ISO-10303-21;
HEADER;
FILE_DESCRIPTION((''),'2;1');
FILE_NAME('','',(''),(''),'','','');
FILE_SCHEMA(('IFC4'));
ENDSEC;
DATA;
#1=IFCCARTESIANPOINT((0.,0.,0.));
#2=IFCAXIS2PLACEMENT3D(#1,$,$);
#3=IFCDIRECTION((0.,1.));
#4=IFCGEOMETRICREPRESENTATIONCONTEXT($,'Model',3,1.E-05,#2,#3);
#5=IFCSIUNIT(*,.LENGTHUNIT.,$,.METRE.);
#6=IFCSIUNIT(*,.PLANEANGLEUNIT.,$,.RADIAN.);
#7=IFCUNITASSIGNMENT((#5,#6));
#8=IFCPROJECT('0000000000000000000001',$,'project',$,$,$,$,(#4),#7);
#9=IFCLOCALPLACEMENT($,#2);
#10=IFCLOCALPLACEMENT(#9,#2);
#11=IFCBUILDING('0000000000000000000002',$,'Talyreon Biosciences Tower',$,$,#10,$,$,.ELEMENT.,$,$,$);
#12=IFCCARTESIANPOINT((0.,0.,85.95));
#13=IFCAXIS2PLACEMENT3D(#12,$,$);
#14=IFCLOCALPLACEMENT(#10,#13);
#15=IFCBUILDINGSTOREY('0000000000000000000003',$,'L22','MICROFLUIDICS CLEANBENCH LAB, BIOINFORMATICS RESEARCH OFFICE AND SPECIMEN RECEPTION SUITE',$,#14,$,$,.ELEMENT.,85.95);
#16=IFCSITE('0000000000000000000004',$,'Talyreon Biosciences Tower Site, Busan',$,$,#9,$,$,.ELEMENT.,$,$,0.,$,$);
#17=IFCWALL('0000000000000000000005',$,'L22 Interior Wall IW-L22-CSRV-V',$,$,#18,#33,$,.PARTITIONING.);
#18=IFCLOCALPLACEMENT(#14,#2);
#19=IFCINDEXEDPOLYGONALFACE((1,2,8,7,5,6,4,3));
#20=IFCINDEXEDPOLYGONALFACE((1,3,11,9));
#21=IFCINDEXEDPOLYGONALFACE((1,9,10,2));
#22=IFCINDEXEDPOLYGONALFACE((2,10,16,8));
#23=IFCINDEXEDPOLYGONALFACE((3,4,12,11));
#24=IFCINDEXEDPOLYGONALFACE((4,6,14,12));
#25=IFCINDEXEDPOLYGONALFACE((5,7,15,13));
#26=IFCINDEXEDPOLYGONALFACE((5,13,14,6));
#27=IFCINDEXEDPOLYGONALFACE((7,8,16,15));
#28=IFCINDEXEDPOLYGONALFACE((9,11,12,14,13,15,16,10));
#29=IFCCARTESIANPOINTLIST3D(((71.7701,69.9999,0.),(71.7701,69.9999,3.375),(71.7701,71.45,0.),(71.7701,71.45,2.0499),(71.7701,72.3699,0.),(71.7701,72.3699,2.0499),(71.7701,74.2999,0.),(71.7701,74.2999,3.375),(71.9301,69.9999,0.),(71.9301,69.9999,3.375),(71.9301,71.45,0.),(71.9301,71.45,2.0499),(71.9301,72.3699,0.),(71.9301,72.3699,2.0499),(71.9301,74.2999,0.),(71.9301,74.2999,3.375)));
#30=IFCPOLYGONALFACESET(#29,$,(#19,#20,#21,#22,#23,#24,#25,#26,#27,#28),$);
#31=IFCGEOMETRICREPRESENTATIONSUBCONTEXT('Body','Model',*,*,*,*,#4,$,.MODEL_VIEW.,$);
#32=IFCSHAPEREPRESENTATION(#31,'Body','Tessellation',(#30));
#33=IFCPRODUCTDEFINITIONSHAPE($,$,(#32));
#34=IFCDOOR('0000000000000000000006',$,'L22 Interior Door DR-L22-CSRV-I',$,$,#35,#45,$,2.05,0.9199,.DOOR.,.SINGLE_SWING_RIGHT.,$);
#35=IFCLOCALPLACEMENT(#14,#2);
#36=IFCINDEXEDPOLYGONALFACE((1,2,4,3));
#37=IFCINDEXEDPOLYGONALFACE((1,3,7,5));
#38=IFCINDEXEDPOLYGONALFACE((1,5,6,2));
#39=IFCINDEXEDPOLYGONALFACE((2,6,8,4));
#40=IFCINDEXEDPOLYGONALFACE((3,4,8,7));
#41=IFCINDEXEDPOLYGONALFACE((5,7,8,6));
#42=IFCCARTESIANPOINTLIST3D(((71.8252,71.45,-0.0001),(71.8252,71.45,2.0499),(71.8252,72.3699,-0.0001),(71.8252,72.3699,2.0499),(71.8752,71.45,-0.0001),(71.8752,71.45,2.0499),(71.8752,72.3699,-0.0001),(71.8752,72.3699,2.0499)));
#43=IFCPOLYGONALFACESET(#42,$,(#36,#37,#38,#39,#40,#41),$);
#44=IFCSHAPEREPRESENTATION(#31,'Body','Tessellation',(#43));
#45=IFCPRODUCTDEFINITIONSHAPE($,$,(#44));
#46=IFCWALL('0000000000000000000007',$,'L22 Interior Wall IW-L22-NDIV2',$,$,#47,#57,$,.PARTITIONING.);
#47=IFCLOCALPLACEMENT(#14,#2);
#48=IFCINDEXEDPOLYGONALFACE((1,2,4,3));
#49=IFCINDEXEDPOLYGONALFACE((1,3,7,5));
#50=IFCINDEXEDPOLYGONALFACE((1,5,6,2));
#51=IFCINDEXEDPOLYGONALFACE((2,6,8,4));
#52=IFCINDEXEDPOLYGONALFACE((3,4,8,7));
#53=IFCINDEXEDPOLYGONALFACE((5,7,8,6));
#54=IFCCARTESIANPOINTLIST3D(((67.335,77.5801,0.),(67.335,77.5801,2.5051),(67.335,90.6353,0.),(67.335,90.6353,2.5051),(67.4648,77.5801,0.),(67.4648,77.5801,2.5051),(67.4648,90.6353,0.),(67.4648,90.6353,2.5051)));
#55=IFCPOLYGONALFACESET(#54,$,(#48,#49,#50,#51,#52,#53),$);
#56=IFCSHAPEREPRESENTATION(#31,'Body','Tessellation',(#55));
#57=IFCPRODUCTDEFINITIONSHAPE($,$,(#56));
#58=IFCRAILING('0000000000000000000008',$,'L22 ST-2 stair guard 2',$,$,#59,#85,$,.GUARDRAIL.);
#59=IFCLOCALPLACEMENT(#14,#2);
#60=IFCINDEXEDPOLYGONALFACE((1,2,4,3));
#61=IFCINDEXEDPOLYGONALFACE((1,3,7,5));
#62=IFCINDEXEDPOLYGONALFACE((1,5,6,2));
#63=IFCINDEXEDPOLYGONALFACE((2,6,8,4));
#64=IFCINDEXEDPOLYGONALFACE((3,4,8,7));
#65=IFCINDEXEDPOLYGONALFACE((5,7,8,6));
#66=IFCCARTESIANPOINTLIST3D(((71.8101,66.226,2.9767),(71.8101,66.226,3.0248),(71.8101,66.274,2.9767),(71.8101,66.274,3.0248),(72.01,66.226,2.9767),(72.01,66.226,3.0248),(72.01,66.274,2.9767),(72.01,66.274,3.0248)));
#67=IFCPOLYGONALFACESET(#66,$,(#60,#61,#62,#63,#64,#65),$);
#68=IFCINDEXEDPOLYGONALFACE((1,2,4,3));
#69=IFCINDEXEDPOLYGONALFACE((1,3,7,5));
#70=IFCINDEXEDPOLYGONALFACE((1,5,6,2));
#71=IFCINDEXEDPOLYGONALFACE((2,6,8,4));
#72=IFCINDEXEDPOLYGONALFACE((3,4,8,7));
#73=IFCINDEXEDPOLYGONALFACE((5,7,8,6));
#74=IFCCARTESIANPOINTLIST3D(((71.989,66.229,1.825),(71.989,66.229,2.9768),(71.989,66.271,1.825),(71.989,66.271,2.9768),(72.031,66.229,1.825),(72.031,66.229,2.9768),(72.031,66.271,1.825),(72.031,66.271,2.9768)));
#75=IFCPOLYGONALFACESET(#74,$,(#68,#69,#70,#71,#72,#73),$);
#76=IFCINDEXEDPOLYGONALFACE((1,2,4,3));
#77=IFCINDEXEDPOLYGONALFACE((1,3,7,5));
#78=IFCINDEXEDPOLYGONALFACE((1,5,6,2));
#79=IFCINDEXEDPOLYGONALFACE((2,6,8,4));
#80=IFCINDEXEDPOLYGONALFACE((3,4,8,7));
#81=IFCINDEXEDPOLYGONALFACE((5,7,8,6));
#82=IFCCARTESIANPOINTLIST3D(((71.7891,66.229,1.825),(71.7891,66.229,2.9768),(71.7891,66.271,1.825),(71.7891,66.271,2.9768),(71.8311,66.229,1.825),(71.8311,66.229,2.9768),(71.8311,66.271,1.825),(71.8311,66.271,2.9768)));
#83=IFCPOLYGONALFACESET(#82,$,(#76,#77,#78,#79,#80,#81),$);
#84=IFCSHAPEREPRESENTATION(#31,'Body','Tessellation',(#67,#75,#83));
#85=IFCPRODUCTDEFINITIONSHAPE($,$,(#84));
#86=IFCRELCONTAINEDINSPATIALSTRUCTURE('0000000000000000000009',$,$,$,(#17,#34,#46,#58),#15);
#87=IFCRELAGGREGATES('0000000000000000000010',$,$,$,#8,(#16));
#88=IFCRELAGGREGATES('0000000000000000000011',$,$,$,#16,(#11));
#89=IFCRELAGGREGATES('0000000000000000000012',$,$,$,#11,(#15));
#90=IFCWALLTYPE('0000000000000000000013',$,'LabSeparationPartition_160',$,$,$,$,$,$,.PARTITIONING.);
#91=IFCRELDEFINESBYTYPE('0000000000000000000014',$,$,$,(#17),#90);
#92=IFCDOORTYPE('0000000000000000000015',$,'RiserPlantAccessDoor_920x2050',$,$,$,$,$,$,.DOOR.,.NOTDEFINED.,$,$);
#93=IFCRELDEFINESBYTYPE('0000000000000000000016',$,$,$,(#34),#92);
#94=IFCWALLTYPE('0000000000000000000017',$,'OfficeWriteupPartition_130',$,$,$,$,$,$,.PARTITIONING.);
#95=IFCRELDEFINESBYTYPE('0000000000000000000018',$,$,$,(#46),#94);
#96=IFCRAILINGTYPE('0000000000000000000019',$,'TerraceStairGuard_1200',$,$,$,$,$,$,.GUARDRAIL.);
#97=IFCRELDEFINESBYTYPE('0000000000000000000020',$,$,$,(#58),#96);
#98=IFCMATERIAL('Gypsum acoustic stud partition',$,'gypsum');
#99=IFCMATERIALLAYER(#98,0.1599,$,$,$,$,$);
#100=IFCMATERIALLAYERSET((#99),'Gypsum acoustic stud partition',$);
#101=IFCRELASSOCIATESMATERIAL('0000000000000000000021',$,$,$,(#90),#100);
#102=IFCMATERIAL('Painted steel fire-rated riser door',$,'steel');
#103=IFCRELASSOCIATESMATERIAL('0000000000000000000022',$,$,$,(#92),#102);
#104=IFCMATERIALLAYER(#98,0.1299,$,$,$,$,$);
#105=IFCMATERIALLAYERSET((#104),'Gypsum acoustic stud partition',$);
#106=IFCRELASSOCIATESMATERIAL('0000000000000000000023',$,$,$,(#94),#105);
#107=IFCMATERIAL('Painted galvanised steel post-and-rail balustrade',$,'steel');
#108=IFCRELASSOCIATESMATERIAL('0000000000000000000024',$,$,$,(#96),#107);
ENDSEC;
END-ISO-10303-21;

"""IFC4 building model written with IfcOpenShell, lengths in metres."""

from ifc_helpers import new_model, si_unit, direction, frame, frame_2d, origin, origin_2d, place, context, subcontext, project, spatial, rectangle, extrude, material, layer, layer_set, type_object, element, fill, save


model = new_model("IFC4")

# Units and contexts
model_context = context("Model", 3, precision=1e-05, world=origin(), true_north=direction((0.0, 1.0)))
body_context = subcontext(model_context, "Body", "Model", "MODEL_VIEW")
ifc_project = project(units=[si_unit("LENGTHUNIT", "METRE"), si_unit("PLANEANGLEUNIT", "RADIAN")], contexts=[model_context])

# Site, building, storey
site_placement = place(None, origin())
site = spatial("IfcSite", under=ifc_project, at=site_placement, Name="Talyreon Biosciences Tower Site, Busan", CompositionType="ELEMENT", RefElevation=0.0)
building_placement = place(site_placement, origin())
building = spatial("IfcBuilding", under=site, at=building_placement, Name="Talyreon Biosciences Tower", CompositionType="ELEMENT")
storey_placement = place(building_placement, frame((0.0, 0.0, 85.95)))
storey = spatial("IfcBuildingStorey", under=building, at=storey_placement, Name="L22", Description="MICROFLUIDICS CLEANBENCH LAB, BIOINFORMATICS RESEARCH OFFICE AND SPECIMEN RECEPTION SUITE", CompositionType="ELEMENT", Elevation=85.95)

# Wall, opening, door
ifc_material_1 = material(Name="Gypsum acoustic stud partition", Category="gypsum")
ifc_layer_1 = layer(ifc_material_1, 0.1599)
ifc_layer_set_1 = layer_set([ifc_layer_1], Name="Gypsum acoustic stud partition")
wall_type_1 = type_object("IfcWallType", Name="LabSeparationPartition_160", PredefinedType="PARTITIONING", material=ifc_layer_set_1)
wall_1_placement = place(storey_placement, frame((71.8501, 70.0, 0.0), z_axis=(0.0, 0.0, 1.0), x_axis=(0.0, 1.0, 0.0)))
wall_1 = element("IfcWall", 1, at=wall_1_placement, inside=storey, type_object=wall_type_1, Name="L22 Interior Wall IW-L22-CSRV-V", PredefinedType="PARTITIONING", context=body_context, shape_type="SweptSolid", body=[
    extrude(rectangle(XDim=4.3, YDim=0.1599, at=frame_2d((2.1499, 0.0))), origin(), (0.0, 0.0, 1.0), 3.375),
])
opening_1_placement = place(wall_1_placement, frame((1.45, 0.0, 0.0)))
opening_1 = element("IfcOpeningElement", 2, at=opening_1_placement, cuts=wall_1, PredefinedType="OPENING", context=body_context, shape_type="SweptSolid", body=[
    extrude(rectangle(XDim=0.9199, YDim=2.05, at=frame_2d((0.46, 1.0249))), frame((0.0, 0.0898, 0.0), z_axis=(0.0, -1.0, 0.0), x_axis=(1.0, 0.0, 0.0)), (0.0, 0.0, 1.0), 0.1799),
])
ifc_material_2 = material(Name="Painted steel fire-rated riser door", Category="steel")
door_type_1 = type_object("IfcDoorType", Name="RiserPlantAccessDoor_920x2050", OperationType="NOTDEFINED", PredefinedType="DOOR", material=ifc_material_2)
door_1_placement = place(opening_1_placement, origin())
door_1 = element("IfcDoor", 3, at=door_1_placement, inside=storey, type_object=door_type_1, Name="L22 Interior Door DR-L22-CSRV-I", OperationType="SINGLE_SWING_RIGHT", OverallHeight=2.05, OverallWidth=0.9199, PredefinedType="DOOR", context=body_context, shape_type="SweptSolid", body=[
    extrude(rectangle(XDim=0.9199, YDim=2.05, at=frame_2d((0.46, 1.0249))), frame((0.0, 0.0249, 0.0), z_axis=(0.0, -1.0, 0.0), x_axis=(1.0, 0.0, 0.0)), (0.0, 0.0, 1.0), 0.05),
])
fill(opening_1, door_1)

# Wall
ifc_layer_2 = layer(ifc_material_1, 0.1299)
ifc_layer_set_2 = layer_set([ifc_layer_2], Name="Gypsum acoustic stud partition")
wall_type_2 = type_object("IfcWallType", Name="OfficeWriteupPartition_130", PredefinedType="PARTITIONING", material=ifc_layer_set_2)
wall_2_placement = place(storey_placement, frame((67.3999, 77.5801, 0.0), z_axis=(0.0, 0.0, 1.0), x_axis=(0.0, 1.0, 0.0)))
element("IfcWall", 4, at=wall_2_placement, inside=storey, type_object=wall_type_2, Name="L22 Interior Wall IW-L22-NDIV2", PredefinedType="PARTITIONING", context=body_context, shape_type="SweptSolid", body=[
    extrude(rectangle(XDim=13.0552, YDim=0.1299, at=frame_2d((6.5276, 0.0))), origin(), (0.0, 0.0, 1.0), 2.5051),
])

# Railing
ifc_material_3 = material(Name="Painted galvanised steel post-and-rail balustrade", Category="steel")
railing_type = type_object("IfcRailingType", Name="TerraceStairGuard_1200", PredefinedType="GUARDRAIL", material=ifc_material_3)
railing_placement = place(storey_placement, frame((72.01, 66.25, 1.825)))
element("IfcRailing", 5, at=railing_placement, inside=storey, type_object=railing_type, Name="L22 ST-2 stair guard 2", PredefinedType="GUARDRAIL", context=body_context, shape_type="SweptSolid", body=[
    extrude(rectangle(XDim=0.0481, YDim=0.0481, at=origin_2d()), frame((0.0, 0.0, 1.1758), z_axis=(-1.0, 0.0, 0.0), x_axis=(0.0, -1.0, 0.0)), (0.0, 0.0, 1.0), 0.2),
    extrude(rectangle(XDim=0.042, YDim=0.042, at=origin_2d()), origin(), (0.0, 0.0, 1.0), 1.1519),
    extrude(rectangle(XDim=0.042, YDim=0.042, at=origin_2d()), frame((-0.2, 0.0, 0.0)), (0.0, 0.0, 1.0), 1.1519),
])

save(model, "model.ifc")
